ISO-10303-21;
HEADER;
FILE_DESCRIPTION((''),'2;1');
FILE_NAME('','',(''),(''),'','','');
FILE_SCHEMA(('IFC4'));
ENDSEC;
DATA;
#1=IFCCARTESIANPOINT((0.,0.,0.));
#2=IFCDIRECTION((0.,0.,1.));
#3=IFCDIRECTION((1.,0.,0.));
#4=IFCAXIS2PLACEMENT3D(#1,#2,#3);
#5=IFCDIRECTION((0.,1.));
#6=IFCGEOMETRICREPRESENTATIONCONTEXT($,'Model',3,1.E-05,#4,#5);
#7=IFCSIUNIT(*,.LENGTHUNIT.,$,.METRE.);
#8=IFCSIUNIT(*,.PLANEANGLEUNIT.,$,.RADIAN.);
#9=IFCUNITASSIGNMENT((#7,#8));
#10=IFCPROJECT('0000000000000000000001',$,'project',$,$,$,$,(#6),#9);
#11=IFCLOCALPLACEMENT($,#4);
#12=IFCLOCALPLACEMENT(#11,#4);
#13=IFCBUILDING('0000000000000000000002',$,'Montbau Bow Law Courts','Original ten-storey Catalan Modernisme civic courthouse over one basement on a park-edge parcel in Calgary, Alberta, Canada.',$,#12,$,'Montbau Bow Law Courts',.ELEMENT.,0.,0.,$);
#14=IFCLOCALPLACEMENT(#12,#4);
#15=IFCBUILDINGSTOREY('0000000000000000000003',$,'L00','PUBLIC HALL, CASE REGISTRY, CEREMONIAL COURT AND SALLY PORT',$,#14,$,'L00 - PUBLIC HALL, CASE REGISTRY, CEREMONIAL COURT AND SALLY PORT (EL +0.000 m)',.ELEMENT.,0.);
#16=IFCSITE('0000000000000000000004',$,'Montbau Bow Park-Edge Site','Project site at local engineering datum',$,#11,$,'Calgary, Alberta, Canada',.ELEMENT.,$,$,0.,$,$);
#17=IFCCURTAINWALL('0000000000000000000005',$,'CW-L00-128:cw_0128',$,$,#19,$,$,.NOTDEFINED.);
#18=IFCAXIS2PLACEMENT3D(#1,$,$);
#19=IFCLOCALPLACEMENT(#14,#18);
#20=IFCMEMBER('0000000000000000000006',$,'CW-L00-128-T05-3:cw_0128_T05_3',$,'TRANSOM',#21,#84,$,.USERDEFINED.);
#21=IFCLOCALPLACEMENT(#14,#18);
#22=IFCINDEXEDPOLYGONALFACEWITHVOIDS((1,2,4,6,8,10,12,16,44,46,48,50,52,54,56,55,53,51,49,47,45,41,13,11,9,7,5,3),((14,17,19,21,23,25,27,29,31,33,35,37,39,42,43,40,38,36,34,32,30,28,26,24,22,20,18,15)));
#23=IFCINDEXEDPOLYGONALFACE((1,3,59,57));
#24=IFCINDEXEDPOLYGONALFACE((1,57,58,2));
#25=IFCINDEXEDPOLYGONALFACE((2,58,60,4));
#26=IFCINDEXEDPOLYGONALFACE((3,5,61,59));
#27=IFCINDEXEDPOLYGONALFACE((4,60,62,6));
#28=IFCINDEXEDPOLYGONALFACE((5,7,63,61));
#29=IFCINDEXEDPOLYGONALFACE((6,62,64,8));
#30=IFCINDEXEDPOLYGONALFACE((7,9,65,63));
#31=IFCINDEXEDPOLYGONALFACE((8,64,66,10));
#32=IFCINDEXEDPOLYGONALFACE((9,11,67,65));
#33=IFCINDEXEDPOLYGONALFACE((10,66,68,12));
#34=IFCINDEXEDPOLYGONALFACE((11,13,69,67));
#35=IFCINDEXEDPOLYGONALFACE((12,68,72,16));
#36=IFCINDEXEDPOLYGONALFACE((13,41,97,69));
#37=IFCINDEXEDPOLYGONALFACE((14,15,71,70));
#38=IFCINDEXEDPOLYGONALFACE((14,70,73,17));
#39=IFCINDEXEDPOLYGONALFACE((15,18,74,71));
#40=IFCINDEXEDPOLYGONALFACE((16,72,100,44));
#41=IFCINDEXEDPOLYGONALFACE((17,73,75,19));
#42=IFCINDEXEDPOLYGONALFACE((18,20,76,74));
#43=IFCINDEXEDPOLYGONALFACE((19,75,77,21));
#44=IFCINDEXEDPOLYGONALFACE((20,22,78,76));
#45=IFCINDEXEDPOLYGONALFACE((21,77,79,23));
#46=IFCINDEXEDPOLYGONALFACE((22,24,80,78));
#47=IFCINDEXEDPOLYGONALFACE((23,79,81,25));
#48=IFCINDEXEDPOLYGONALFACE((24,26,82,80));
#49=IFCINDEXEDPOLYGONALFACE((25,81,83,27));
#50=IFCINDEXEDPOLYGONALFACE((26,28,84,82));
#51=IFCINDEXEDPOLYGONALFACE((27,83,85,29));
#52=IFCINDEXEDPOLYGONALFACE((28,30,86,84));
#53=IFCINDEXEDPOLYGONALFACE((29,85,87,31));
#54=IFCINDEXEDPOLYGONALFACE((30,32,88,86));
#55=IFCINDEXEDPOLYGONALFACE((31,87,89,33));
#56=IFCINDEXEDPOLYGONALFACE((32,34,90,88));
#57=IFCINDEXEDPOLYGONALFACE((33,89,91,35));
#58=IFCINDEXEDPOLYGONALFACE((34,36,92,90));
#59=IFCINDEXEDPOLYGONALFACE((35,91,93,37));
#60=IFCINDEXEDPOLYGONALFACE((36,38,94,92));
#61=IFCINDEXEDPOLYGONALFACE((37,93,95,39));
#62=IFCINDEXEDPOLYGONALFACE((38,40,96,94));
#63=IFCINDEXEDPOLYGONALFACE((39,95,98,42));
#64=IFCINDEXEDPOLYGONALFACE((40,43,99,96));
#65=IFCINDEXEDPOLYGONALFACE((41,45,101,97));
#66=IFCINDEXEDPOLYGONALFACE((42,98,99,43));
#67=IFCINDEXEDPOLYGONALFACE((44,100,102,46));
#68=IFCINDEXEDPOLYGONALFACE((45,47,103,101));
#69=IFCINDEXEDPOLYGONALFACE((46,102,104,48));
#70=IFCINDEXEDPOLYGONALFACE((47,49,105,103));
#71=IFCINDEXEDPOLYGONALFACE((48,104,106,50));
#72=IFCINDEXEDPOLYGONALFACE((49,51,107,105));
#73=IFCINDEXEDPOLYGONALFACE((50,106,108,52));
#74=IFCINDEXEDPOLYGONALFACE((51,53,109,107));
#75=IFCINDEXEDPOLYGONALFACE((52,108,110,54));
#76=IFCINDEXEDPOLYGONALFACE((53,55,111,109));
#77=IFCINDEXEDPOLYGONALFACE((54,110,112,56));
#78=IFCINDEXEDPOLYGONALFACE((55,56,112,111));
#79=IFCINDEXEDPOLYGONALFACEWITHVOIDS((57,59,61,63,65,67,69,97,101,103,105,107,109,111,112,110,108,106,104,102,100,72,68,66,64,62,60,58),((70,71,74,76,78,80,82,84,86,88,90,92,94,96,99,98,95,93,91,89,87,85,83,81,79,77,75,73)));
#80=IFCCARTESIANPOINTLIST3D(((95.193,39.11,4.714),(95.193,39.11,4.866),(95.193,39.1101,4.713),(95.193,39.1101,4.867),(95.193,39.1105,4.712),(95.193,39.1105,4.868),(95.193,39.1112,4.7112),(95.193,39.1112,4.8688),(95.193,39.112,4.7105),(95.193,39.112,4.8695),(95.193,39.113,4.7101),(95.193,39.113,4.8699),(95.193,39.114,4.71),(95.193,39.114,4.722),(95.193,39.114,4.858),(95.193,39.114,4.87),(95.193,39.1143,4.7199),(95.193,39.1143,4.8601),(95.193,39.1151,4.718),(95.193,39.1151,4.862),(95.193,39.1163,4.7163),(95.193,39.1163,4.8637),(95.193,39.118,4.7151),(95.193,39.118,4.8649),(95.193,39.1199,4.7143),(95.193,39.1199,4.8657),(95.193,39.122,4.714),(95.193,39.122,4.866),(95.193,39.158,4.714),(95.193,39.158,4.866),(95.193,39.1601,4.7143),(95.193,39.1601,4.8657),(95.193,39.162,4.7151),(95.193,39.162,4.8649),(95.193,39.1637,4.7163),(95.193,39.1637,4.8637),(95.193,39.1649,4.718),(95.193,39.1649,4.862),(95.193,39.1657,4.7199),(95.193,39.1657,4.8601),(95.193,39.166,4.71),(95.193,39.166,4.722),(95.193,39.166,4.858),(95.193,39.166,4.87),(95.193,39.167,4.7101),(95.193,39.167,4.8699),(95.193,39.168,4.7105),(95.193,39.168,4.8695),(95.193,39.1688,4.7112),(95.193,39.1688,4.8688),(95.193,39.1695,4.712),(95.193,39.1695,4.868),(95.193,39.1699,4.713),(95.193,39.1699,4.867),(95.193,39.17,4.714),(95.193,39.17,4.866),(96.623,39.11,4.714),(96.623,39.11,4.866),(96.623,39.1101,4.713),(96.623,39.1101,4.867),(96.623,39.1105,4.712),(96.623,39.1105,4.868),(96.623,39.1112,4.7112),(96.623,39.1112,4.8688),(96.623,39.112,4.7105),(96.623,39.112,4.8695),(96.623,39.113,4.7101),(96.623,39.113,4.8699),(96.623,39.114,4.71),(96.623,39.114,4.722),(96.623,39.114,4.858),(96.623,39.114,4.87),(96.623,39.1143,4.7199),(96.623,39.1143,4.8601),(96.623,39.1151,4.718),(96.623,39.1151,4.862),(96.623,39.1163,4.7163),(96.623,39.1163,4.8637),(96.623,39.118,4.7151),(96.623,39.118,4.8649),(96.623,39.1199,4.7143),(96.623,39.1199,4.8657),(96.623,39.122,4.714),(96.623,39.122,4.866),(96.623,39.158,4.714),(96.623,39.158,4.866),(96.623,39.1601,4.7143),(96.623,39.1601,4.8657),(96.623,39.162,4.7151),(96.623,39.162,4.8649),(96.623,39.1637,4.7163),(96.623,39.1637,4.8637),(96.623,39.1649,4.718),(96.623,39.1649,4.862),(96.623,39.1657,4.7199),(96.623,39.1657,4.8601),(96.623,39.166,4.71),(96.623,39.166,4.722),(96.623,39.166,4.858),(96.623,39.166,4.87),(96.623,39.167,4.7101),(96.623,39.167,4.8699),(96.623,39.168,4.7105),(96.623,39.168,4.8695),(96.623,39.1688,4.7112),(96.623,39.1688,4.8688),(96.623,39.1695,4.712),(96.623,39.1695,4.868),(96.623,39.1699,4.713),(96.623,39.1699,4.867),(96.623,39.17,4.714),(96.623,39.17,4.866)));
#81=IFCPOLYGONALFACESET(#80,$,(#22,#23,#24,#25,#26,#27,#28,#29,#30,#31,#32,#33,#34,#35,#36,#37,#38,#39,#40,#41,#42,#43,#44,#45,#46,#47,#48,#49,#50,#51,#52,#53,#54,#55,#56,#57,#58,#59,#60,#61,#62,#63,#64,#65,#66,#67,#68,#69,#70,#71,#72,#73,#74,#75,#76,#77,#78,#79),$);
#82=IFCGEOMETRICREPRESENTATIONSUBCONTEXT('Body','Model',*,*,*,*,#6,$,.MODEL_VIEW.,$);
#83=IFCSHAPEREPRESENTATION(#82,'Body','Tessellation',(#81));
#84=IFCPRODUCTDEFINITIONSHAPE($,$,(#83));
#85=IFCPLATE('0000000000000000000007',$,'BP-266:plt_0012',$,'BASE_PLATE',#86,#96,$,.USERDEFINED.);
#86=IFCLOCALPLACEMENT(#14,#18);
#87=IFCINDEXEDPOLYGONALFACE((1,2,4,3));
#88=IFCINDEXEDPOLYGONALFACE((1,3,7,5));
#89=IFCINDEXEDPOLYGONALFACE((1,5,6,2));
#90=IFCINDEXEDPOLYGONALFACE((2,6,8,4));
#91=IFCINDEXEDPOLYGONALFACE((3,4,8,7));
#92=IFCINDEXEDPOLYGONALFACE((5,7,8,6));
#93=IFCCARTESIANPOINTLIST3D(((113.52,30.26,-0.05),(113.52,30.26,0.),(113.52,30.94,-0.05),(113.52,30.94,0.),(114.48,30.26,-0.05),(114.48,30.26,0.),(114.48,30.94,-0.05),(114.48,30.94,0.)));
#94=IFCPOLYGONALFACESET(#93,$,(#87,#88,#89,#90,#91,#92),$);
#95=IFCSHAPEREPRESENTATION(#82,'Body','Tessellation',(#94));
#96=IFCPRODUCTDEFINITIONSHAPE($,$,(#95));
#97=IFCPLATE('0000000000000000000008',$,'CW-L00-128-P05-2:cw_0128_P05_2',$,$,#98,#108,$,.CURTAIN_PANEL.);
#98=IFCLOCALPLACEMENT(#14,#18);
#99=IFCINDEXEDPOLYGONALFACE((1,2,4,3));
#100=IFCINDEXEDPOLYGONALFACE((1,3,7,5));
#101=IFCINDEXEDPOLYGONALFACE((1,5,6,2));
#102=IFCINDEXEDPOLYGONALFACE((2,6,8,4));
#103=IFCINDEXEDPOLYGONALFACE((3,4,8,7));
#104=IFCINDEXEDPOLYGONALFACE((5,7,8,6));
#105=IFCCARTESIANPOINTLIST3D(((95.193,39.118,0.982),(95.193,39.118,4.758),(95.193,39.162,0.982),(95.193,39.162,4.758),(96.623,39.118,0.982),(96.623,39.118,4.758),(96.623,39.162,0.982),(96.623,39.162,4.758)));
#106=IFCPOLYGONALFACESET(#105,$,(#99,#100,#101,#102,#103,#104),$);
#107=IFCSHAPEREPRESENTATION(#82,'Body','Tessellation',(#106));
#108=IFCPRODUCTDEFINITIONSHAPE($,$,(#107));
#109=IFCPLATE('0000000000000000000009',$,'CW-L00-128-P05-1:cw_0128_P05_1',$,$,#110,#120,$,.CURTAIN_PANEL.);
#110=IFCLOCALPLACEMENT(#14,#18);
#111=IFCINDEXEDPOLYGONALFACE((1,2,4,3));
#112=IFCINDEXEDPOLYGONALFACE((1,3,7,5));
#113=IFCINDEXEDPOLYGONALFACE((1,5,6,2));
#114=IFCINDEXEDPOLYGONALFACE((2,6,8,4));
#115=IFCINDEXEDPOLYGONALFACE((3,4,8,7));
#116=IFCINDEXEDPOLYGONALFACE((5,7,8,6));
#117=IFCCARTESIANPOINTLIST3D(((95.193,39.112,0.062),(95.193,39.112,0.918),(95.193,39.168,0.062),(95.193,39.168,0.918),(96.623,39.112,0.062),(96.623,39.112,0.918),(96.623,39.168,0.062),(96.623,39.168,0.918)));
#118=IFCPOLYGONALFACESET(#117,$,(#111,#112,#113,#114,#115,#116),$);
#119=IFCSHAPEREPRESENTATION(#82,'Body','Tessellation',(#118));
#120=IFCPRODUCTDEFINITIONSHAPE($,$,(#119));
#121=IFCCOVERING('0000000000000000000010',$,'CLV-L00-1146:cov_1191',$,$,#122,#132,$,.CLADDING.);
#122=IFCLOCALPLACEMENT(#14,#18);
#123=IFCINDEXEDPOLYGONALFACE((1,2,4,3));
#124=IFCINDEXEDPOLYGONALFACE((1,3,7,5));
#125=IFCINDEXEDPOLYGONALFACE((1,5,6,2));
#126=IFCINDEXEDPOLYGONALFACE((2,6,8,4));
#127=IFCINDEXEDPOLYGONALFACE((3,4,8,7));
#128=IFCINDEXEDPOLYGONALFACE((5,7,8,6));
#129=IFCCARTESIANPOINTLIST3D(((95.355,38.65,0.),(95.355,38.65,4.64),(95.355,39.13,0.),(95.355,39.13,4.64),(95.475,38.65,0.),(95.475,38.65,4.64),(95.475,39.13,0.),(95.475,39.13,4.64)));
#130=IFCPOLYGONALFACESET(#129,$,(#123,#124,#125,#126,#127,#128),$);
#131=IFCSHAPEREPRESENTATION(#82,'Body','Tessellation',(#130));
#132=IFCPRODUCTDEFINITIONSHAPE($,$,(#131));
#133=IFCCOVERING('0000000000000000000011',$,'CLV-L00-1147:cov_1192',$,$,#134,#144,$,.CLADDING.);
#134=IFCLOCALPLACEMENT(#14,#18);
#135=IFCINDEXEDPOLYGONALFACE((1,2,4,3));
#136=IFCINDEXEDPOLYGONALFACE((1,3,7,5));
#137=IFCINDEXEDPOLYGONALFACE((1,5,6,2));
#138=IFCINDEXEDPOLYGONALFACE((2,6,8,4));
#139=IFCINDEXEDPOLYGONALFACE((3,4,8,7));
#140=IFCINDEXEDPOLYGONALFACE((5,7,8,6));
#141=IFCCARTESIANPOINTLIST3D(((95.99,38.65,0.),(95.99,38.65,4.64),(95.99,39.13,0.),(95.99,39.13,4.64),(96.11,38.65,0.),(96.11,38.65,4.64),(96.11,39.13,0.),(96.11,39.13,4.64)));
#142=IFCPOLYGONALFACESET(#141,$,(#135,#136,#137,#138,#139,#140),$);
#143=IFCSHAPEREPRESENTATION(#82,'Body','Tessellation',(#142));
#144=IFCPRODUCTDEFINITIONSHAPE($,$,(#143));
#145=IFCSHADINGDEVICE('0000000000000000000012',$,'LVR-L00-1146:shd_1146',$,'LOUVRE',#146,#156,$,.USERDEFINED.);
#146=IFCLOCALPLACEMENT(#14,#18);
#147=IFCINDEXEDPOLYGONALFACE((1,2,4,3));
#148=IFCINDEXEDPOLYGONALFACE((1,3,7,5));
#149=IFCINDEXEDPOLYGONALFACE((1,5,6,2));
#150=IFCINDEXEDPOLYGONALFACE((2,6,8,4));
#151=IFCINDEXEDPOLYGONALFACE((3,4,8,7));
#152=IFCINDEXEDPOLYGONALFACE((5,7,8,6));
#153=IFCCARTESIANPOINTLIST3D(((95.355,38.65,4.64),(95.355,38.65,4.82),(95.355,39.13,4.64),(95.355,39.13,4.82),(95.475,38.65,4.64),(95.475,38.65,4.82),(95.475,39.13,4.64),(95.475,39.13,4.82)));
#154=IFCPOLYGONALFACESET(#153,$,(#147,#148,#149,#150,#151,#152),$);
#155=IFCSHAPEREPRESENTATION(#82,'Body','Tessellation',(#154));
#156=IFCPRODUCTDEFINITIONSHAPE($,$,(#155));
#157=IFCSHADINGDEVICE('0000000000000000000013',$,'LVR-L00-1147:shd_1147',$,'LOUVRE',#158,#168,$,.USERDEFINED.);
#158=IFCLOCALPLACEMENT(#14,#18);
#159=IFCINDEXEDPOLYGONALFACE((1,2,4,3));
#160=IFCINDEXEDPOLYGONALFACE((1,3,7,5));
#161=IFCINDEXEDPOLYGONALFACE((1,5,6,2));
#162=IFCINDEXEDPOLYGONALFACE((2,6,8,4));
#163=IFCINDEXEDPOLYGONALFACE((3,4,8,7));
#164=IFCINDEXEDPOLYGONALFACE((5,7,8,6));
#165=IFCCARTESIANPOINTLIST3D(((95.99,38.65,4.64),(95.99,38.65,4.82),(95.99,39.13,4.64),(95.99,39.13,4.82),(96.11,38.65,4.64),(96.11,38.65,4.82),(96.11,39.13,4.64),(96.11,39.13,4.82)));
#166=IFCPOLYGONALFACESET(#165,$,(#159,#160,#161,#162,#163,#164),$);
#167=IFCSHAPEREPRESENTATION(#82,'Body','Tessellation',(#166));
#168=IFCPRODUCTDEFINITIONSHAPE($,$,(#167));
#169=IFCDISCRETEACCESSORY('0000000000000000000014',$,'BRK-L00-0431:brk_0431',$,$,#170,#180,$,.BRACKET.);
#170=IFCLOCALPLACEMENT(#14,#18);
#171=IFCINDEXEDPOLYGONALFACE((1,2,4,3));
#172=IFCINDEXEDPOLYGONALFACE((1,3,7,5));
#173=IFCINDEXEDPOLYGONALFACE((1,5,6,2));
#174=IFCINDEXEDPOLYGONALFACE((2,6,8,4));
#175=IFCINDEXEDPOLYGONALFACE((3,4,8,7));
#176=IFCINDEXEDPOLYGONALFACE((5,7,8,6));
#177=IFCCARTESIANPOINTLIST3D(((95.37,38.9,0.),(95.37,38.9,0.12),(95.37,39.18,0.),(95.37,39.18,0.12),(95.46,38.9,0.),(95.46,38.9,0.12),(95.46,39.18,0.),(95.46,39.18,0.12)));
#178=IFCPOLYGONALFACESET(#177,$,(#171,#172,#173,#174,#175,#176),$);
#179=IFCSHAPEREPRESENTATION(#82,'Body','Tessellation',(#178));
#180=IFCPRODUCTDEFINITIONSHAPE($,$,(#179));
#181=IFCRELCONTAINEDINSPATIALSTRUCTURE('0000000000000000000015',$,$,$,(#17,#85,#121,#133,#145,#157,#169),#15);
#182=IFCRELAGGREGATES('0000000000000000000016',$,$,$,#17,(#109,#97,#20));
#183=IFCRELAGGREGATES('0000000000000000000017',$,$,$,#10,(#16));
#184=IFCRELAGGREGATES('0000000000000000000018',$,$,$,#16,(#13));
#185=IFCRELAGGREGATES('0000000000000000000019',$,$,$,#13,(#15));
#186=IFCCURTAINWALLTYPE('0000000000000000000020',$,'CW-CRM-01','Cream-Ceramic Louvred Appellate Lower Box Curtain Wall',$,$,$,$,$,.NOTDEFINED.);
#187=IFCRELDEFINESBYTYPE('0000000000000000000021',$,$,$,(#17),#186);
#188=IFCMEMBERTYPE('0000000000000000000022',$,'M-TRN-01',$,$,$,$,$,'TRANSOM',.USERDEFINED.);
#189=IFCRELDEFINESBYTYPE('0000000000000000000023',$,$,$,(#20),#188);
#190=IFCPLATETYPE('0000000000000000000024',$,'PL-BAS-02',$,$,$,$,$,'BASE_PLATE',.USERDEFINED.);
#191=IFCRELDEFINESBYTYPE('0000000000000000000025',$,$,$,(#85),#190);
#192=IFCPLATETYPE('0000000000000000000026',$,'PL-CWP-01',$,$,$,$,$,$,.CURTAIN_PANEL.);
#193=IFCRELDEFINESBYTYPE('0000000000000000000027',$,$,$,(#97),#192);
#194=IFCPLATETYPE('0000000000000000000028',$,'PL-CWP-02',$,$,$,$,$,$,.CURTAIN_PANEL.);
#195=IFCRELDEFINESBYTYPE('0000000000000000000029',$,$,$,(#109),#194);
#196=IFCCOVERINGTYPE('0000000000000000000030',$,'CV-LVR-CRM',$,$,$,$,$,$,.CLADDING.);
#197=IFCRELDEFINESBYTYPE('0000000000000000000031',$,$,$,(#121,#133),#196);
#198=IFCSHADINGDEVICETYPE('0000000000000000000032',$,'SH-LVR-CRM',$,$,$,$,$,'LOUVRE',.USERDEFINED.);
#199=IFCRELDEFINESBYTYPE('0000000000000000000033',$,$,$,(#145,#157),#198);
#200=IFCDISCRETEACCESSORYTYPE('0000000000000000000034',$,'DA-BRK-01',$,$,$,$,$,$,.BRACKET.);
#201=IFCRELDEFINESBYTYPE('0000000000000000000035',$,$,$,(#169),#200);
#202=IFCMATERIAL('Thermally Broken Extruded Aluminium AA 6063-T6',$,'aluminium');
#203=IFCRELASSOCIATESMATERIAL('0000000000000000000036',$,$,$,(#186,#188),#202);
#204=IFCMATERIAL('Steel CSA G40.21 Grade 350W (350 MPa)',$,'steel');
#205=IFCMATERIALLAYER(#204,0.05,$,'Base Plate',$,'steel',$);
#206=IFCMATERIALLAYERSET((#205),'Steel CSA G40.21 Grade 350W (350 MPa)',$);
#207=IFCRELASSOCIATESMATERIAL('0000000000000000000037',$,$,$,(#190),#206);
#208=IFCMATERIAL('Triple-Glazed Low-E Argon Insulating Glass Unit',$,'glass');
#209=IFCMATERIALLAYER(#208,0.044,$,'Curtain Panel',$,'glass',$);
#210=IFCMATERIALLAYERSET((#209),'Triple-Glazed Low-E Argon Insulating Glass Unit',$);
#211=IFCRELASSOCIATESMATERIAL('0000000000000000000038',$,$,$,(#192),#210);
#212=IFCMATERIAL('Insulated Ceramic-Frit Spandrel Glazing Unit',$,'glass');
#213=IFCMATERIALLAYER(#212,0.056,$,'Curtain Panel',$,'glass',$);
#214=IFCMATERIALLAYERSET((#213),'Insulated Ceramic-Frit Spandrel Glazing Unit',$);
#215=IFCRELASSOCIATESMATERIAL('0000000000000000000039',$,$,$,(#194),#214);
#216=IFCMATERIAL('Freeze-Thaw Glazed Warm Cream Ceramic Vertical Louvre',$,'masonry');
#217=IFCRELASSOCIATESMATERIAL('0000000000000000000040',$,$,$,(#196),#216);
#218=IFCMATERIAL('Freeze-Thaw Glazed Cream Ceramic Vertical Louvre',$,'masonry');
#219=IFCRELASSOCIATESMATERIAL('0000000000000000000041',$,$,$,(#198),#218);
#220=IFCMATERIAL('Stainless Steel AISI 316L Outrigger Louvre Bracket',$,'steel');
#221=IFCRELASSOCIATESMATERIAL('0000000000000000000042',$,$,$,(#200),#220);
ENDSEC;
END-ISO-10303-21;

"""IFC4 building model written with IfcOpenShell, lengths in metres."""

from ifc_helpers import new_model, si_unit, direction, frame, frame_2d, origin_with_axes, origin_2d_with_axis, place, context, subcontext, project, spatial, rectangle, hollow_rectangle, extrude, material, layer, layer_set, material_profile, profile_set, type_object, element, aggregate, save


model = new_model("IFC4")

# Units and contexts
model_context = context("Model", 3, precision=1e-05, world=origin_with_axes(), true_north=direction((0.0, 1.0)))
body_context = subcontext(model_context, "Body", "Model", "MODEL_VIEW")
ifc_project = project(units=[si_unit("LENGTHUNIT", "METRE"), si_unit("PLANEANGLEUNIT", "RADIAN")], contexts=[model_context])

# Site, building, storey
site_placement = place(None, origin_with_axes())
site = spatial("IfcSite", under=ifc_project, at=site_placement, Name="Montbau Bow Park-Edge Site", Description="Project site at local engineering datum", LongName="Calgary, Alberta, Canada", CompositionType="ELEMENT", RefElevation=0.0)
building_placement = place(site_placement, origin_with_axes())
building = spatial("IfcBuilding", under=site, at=building_placement, Name="Montbau Bow Law Courts", Description="Original ten-storey Catalan Modernisme civic courthouse over one basement on a park-edge parcel in Calgary, Alberta, Canada.", LongName="Montbau Bow Law Courts", CompositionType="ELEMENT", ElevationOfRefHeight=0.0, ElevationOfTerrain=0.0)
storey_placement = place(building_placement, origin_with_axes())
storey = spatial("IfcBuildingStorey", under=building, at=storey_placement, Name="L00", Description="PUBLIC HALL, CASE REGISTRY, CEREMONIAL COURT AND SALLY PORT", LongName="L00 - PUBLIC HALL, CASE REGISTRY, CEREMONIAL COURT AND SALLY PORT (EL +0.000 m)", CompositionType="ELEMENT", Elevation=0.0)

# Shared definitions
ifc_material_1 = material(Name="Steel CSA G40.21 Grade 350W (350 MPa)", Category="steel")

# Shared definitions
ifc_material_2 = material(Name="Thermally Broken Extruded Aluminium AA 6063-T6", Category="aluminium")
curtain_wall_type = type_object("IfcCurtainWallType", Name="CW-CRM-01", Description="Cream-Ceramic Louvred Appellate Lower Box Curtain Wall", PredefinedType="NOTDEFINED", material=ifc_material_2)

# Curtain wall, member
curtain_wall_1_placement = place(None, frame((89.067, 39.14, 0.0), z_axis=(0.0, 0.0, 1.0), x_axis=(1.0, 0.0, 0.0)))
curtain_wall_1 = element("IfcCurtainWall", 1, at=curtain_wall_1_placement, inside=storey, type_object=curtain_wall_type, Name="CW-L00-128:cw_0128", PredefinedType="NOTDEFINED")
ifc_material_profile_1 = material_profile(ifc_material_2, hollow_rectangle(XDim=0.06, YDim=0.16, WallThickness=0.004, InnerFilletRadius=0.008, OuterFilletRadius=0.004, at=origin_2d_with_axis()), Name="CWT-160X60", Category="Main", Priority=0)
ifc_profile_set_1 = profile_set([ifc_material_profile_1], Name="Thermally Broken Extruded Aluminium AA 6063-T6")
member_type_1 = type_object("IfcMemberType", Name="M-TRN-01", ElementType="TRANSOM", PredefinedType="USERDEFINED", material=ifc_profile_set_1)
member_1_placement = place(None, frame((95.193, 39.14, 4.79), z_axis=(1.0, 0.0, 0.0), x_axis=(0.0, 1.0, 0.0)))
member_1 = element("IfcMember", 2, at=member_1_placement, type_object=member_type_1, Name="CW-L00-128-T05-3:cw_0128_T05_3", ObjectType="TRANSOM", PredefinedType="USERDEFINED", context=body_context, shape_type="SweptSolid", body=[
    extrude(hollow_rectangle(XDim=0.06, YDim=0.16, WallThickness=0.004, InnerFilletRadius=0.008, OuterFilletRadius=0.004, at=origin_2d_with_axis()), origin_with_axes(), (0.0, 0.0, 1.0), 1.43),
])

# Plates
ifc_layer_1 = layer(ifc_material_1, 0.05, Name="Base Plate", Category="steel")
ifc_layer_set_1 = layer_set([ifc_layer_1], Name="Steel CSA G40.21 Grade 350W (350 MPa)")
plate_type_1 = type_object("IfcPlateType", Name="PL-BAS-02", ElementType="BASE_PLATE", PredefinedType="USERDEFINED", material=ifc_layer_set_1)
plate_1_placement = place(None, frame((114.0, 30.6, -0.05), z_axis=(0.0, 0.0, 1.0), x_axis=(1.0, 0.0, 0.0)))
element("IfcPlate", 3, at=plate_1_placement, inside=storey, type_object=plate_type_1, Name="BP-266:plt_0012", ObjectType="BASE_PLATE", PredefinedType="USERDEFINED", context=body_context, shape_type="SweptSolid", body=[
    extrude(rectangle(XDim=0.96, YDim=0.68, at=origin_2d_with_axis()), origin_with_axes(), (0.0, 0.0, 1.0), 0.05),
])
ifc_material_3 = material(Name="Triple-Glazed Low-E Argon Insulating Glass Unit", Category="glass")
ifc_layer_2 = layer(ifc_material_3, 0.044, Name="Curtain Panel", Category="glass")
ifc_layer_set_2 = layer_set([ifc_layer_2], Name="Triple-Glazed Low-E Argon Insulating Glass Unit")
plate_type_2 = type_object("IfcPlateType", Name="PL-CWP-01", PredefinedType="CURTAIN_PANEL", material=ifc_layer_set_2)
plate_2_placement = place(None, frame((95.193, 39.14, 0.982), z_axis=(0.0, -1.0, 0.0), x_axis=(1.0, 0.0, 0.0)))
plate_2 = element("IfcPlate", 4, at=plate_2_placement, type_object=plate_type_2, Name="CW-L00-128-P05-2:cw_0128_P05_2", PredefinedType="CURTAIN_PANEL", context=body_context, shape_type="SweptSolid", body=[
    extrude(rectangle(XDim=1.43, YDim=3.776, at=frame_2d((0.715, 1.888), x_axis=(1.0, 0.0))), frame((0.0, 0.0, -0.022), z_axis=(0.0, 0.0, 1.0), x_axis=(1.0, 0.0, 0.0)), (0.0, 0.0, 1.0), 0.044),
])
ifc_material_4 = material(Name="Insulated Ceramic-Frit Spandrel Glazing Unit", Category="glass")
ifc_layer_3 = layer(ifc_material_4, 0.056, Name="Curtain Panel", Category="glass")
ifc_layer_set_3 = layer_set([ifc_layer_3], Name="Insulated Ceramic-Frit Spandrel Glazing Unit")
plate_type_3 = type_object("IfcPlateType", Name="PL-CWP-02", PredefinedType="CURTAIN_PANEL", material=ifc_layer_set_3)
plate_3_placement = place(None, frame((95.193, 39.14, 0.062), z_axis=(0.0, -1.0, 0.0), x_axis=(1.0, 0.0, 0.0)))
plate_3 = element("IfcPlate", 5, at=plate_3_placement, type_object=plate_type_3, Name="CW-L00-128-P05-1:cw_0128_P05_1", PredefinedType="CURTAIN_PANEL", context=body_context, shape_type="SweptSolid", body=[
    extrude(rectangle(XDim=1.43, YDim=0.856, at=frame_2d((0.715, 0.428), x_axis=(1.0, 0.0))), frame((0.0, 0.0, -0.028), z_axis=(0.0, 0.0, 1.0), x_axis=(1.0, 0.0, 0.0)), (0.0, 0.0, 1.0), 0.056),
])
aggregate(curtain_wall_1, [plate_3, plate_2, member_1])

# Coverings
ifc_material_5 = material(Name="Freeze-Thaw Glazed Warm Cream Ceramic Vertical Louvre", Category="masonry")
covering_type = type_object("IfcCoveringType", Name="CV-LVR-CRM", PredefinedType="CLADDING", material=ifc_material_5)
for number, where, z_axis, x_axis, name in (
    (6, (95.415, 39.13, 0.0), (-1.0, 0.0, 0.0), (0.0, -1.0, 0.0), "CLV-L00-1146:cov_1191"),
    (7, (96.05, 39.13, 0.0), (-1.0, 0.0, 0.0), (0.0, -1.0, 0.0), "CLV-L00-1147:cov_1192"),
):
    element("IfcCovering", number, at=place(None, frame(where, z_axis=z_axis, x_axis=x_axis)), inside=storey, type_object=covering_type, Name=name, PredefinedType="CLADDING", context=body_context, shape_type="SweptSolid", body=[
        extrude(rectangle(XDim=0.48, YDim=4.64, at=frame_2d((0.24, 2.32), x_axis=(1.0, 0.0))), frame((0.0, 0.0, -0.06), z_axis=(0.0, 0.0, 1.0), x_axis=(1.0, 0.0, 0.0)), (0.0, 0.0, 1.0), 0.12),
    ])

# Shading devices
ifc_material_6 = material(Name="Freeze-Thaw Glazed Cream Ceramic Vertical Louvre", Category="masonry")
shading_device_type = type_object("IfcShadingDeviceType", Name="SH-LVR-CRM", ElementType="LOUVRE", PredefinedType="USERDEFINED", material=ifc_material_6)
for number, where, z_axis, x_axis, name in (
    (8, (95.415, 38.89, 4.64), (0.0, 0.0, 1.0), (0.0, -1.0, 0.0), "LVR-L00-1146:shd_1146"),
    (9, (96.05, 38.89, 4.64), (0.0, 0.0, 1.0), (0.0, -1.0, 0.0), "LVR-L00-1147:shd_1147"),
):
    element("IfcShadingDevice", number, at=place(None, frame(where, z_axis=z_axis, x_axis=x_axis)), inside=storey, type_object=shading_device_type, Name=name, ObjectType="LOUVRE", PredefinedType="USERDEFINED", context=body_context, shape_type="SweptSolid", body=[
        extrude(rectangle(XDim=0.48, YDim=0.12, at=origin_2d_with_axis()), origin_with_axes(), (0.0, 0.0, 1.0), 0.18),
    ])

# Discrete accessory
ifc_material_7 = material(Name="Stainless Steel AISI 316L Outrigger Louvre Bracket", Category="steel")
discrete_accessory_type = type_object("IfcDiscreteAccessoryType", Name="DA-BRK-01", PredefinedType="BRACKET", material=ifc_material_7)
discrete_accessory_placement = place(None, frame((95.415, 39.04, 0.0), z_axis=(0.0, 0.0, 1.0), x_axis=(0.0, -1.0, 0.0)))
element("IfcDiscreteAccessory", 10, at=discrete_accessory_placement, inside=storey, type_object=discrete_accessory_type, Name="BRK-L00-0431:brk_0431", PredefinedType="BRACKET", context=body_context, shape_type="SweptSolid", body=[
    extrude(rectangle(XDim=0.28, YDim=0.09, at=origin_2d_with_axis()), origin_with_axes(), (0.0, 0.0, 1.0), 0.12),
])

save(model, "model.ifc")
